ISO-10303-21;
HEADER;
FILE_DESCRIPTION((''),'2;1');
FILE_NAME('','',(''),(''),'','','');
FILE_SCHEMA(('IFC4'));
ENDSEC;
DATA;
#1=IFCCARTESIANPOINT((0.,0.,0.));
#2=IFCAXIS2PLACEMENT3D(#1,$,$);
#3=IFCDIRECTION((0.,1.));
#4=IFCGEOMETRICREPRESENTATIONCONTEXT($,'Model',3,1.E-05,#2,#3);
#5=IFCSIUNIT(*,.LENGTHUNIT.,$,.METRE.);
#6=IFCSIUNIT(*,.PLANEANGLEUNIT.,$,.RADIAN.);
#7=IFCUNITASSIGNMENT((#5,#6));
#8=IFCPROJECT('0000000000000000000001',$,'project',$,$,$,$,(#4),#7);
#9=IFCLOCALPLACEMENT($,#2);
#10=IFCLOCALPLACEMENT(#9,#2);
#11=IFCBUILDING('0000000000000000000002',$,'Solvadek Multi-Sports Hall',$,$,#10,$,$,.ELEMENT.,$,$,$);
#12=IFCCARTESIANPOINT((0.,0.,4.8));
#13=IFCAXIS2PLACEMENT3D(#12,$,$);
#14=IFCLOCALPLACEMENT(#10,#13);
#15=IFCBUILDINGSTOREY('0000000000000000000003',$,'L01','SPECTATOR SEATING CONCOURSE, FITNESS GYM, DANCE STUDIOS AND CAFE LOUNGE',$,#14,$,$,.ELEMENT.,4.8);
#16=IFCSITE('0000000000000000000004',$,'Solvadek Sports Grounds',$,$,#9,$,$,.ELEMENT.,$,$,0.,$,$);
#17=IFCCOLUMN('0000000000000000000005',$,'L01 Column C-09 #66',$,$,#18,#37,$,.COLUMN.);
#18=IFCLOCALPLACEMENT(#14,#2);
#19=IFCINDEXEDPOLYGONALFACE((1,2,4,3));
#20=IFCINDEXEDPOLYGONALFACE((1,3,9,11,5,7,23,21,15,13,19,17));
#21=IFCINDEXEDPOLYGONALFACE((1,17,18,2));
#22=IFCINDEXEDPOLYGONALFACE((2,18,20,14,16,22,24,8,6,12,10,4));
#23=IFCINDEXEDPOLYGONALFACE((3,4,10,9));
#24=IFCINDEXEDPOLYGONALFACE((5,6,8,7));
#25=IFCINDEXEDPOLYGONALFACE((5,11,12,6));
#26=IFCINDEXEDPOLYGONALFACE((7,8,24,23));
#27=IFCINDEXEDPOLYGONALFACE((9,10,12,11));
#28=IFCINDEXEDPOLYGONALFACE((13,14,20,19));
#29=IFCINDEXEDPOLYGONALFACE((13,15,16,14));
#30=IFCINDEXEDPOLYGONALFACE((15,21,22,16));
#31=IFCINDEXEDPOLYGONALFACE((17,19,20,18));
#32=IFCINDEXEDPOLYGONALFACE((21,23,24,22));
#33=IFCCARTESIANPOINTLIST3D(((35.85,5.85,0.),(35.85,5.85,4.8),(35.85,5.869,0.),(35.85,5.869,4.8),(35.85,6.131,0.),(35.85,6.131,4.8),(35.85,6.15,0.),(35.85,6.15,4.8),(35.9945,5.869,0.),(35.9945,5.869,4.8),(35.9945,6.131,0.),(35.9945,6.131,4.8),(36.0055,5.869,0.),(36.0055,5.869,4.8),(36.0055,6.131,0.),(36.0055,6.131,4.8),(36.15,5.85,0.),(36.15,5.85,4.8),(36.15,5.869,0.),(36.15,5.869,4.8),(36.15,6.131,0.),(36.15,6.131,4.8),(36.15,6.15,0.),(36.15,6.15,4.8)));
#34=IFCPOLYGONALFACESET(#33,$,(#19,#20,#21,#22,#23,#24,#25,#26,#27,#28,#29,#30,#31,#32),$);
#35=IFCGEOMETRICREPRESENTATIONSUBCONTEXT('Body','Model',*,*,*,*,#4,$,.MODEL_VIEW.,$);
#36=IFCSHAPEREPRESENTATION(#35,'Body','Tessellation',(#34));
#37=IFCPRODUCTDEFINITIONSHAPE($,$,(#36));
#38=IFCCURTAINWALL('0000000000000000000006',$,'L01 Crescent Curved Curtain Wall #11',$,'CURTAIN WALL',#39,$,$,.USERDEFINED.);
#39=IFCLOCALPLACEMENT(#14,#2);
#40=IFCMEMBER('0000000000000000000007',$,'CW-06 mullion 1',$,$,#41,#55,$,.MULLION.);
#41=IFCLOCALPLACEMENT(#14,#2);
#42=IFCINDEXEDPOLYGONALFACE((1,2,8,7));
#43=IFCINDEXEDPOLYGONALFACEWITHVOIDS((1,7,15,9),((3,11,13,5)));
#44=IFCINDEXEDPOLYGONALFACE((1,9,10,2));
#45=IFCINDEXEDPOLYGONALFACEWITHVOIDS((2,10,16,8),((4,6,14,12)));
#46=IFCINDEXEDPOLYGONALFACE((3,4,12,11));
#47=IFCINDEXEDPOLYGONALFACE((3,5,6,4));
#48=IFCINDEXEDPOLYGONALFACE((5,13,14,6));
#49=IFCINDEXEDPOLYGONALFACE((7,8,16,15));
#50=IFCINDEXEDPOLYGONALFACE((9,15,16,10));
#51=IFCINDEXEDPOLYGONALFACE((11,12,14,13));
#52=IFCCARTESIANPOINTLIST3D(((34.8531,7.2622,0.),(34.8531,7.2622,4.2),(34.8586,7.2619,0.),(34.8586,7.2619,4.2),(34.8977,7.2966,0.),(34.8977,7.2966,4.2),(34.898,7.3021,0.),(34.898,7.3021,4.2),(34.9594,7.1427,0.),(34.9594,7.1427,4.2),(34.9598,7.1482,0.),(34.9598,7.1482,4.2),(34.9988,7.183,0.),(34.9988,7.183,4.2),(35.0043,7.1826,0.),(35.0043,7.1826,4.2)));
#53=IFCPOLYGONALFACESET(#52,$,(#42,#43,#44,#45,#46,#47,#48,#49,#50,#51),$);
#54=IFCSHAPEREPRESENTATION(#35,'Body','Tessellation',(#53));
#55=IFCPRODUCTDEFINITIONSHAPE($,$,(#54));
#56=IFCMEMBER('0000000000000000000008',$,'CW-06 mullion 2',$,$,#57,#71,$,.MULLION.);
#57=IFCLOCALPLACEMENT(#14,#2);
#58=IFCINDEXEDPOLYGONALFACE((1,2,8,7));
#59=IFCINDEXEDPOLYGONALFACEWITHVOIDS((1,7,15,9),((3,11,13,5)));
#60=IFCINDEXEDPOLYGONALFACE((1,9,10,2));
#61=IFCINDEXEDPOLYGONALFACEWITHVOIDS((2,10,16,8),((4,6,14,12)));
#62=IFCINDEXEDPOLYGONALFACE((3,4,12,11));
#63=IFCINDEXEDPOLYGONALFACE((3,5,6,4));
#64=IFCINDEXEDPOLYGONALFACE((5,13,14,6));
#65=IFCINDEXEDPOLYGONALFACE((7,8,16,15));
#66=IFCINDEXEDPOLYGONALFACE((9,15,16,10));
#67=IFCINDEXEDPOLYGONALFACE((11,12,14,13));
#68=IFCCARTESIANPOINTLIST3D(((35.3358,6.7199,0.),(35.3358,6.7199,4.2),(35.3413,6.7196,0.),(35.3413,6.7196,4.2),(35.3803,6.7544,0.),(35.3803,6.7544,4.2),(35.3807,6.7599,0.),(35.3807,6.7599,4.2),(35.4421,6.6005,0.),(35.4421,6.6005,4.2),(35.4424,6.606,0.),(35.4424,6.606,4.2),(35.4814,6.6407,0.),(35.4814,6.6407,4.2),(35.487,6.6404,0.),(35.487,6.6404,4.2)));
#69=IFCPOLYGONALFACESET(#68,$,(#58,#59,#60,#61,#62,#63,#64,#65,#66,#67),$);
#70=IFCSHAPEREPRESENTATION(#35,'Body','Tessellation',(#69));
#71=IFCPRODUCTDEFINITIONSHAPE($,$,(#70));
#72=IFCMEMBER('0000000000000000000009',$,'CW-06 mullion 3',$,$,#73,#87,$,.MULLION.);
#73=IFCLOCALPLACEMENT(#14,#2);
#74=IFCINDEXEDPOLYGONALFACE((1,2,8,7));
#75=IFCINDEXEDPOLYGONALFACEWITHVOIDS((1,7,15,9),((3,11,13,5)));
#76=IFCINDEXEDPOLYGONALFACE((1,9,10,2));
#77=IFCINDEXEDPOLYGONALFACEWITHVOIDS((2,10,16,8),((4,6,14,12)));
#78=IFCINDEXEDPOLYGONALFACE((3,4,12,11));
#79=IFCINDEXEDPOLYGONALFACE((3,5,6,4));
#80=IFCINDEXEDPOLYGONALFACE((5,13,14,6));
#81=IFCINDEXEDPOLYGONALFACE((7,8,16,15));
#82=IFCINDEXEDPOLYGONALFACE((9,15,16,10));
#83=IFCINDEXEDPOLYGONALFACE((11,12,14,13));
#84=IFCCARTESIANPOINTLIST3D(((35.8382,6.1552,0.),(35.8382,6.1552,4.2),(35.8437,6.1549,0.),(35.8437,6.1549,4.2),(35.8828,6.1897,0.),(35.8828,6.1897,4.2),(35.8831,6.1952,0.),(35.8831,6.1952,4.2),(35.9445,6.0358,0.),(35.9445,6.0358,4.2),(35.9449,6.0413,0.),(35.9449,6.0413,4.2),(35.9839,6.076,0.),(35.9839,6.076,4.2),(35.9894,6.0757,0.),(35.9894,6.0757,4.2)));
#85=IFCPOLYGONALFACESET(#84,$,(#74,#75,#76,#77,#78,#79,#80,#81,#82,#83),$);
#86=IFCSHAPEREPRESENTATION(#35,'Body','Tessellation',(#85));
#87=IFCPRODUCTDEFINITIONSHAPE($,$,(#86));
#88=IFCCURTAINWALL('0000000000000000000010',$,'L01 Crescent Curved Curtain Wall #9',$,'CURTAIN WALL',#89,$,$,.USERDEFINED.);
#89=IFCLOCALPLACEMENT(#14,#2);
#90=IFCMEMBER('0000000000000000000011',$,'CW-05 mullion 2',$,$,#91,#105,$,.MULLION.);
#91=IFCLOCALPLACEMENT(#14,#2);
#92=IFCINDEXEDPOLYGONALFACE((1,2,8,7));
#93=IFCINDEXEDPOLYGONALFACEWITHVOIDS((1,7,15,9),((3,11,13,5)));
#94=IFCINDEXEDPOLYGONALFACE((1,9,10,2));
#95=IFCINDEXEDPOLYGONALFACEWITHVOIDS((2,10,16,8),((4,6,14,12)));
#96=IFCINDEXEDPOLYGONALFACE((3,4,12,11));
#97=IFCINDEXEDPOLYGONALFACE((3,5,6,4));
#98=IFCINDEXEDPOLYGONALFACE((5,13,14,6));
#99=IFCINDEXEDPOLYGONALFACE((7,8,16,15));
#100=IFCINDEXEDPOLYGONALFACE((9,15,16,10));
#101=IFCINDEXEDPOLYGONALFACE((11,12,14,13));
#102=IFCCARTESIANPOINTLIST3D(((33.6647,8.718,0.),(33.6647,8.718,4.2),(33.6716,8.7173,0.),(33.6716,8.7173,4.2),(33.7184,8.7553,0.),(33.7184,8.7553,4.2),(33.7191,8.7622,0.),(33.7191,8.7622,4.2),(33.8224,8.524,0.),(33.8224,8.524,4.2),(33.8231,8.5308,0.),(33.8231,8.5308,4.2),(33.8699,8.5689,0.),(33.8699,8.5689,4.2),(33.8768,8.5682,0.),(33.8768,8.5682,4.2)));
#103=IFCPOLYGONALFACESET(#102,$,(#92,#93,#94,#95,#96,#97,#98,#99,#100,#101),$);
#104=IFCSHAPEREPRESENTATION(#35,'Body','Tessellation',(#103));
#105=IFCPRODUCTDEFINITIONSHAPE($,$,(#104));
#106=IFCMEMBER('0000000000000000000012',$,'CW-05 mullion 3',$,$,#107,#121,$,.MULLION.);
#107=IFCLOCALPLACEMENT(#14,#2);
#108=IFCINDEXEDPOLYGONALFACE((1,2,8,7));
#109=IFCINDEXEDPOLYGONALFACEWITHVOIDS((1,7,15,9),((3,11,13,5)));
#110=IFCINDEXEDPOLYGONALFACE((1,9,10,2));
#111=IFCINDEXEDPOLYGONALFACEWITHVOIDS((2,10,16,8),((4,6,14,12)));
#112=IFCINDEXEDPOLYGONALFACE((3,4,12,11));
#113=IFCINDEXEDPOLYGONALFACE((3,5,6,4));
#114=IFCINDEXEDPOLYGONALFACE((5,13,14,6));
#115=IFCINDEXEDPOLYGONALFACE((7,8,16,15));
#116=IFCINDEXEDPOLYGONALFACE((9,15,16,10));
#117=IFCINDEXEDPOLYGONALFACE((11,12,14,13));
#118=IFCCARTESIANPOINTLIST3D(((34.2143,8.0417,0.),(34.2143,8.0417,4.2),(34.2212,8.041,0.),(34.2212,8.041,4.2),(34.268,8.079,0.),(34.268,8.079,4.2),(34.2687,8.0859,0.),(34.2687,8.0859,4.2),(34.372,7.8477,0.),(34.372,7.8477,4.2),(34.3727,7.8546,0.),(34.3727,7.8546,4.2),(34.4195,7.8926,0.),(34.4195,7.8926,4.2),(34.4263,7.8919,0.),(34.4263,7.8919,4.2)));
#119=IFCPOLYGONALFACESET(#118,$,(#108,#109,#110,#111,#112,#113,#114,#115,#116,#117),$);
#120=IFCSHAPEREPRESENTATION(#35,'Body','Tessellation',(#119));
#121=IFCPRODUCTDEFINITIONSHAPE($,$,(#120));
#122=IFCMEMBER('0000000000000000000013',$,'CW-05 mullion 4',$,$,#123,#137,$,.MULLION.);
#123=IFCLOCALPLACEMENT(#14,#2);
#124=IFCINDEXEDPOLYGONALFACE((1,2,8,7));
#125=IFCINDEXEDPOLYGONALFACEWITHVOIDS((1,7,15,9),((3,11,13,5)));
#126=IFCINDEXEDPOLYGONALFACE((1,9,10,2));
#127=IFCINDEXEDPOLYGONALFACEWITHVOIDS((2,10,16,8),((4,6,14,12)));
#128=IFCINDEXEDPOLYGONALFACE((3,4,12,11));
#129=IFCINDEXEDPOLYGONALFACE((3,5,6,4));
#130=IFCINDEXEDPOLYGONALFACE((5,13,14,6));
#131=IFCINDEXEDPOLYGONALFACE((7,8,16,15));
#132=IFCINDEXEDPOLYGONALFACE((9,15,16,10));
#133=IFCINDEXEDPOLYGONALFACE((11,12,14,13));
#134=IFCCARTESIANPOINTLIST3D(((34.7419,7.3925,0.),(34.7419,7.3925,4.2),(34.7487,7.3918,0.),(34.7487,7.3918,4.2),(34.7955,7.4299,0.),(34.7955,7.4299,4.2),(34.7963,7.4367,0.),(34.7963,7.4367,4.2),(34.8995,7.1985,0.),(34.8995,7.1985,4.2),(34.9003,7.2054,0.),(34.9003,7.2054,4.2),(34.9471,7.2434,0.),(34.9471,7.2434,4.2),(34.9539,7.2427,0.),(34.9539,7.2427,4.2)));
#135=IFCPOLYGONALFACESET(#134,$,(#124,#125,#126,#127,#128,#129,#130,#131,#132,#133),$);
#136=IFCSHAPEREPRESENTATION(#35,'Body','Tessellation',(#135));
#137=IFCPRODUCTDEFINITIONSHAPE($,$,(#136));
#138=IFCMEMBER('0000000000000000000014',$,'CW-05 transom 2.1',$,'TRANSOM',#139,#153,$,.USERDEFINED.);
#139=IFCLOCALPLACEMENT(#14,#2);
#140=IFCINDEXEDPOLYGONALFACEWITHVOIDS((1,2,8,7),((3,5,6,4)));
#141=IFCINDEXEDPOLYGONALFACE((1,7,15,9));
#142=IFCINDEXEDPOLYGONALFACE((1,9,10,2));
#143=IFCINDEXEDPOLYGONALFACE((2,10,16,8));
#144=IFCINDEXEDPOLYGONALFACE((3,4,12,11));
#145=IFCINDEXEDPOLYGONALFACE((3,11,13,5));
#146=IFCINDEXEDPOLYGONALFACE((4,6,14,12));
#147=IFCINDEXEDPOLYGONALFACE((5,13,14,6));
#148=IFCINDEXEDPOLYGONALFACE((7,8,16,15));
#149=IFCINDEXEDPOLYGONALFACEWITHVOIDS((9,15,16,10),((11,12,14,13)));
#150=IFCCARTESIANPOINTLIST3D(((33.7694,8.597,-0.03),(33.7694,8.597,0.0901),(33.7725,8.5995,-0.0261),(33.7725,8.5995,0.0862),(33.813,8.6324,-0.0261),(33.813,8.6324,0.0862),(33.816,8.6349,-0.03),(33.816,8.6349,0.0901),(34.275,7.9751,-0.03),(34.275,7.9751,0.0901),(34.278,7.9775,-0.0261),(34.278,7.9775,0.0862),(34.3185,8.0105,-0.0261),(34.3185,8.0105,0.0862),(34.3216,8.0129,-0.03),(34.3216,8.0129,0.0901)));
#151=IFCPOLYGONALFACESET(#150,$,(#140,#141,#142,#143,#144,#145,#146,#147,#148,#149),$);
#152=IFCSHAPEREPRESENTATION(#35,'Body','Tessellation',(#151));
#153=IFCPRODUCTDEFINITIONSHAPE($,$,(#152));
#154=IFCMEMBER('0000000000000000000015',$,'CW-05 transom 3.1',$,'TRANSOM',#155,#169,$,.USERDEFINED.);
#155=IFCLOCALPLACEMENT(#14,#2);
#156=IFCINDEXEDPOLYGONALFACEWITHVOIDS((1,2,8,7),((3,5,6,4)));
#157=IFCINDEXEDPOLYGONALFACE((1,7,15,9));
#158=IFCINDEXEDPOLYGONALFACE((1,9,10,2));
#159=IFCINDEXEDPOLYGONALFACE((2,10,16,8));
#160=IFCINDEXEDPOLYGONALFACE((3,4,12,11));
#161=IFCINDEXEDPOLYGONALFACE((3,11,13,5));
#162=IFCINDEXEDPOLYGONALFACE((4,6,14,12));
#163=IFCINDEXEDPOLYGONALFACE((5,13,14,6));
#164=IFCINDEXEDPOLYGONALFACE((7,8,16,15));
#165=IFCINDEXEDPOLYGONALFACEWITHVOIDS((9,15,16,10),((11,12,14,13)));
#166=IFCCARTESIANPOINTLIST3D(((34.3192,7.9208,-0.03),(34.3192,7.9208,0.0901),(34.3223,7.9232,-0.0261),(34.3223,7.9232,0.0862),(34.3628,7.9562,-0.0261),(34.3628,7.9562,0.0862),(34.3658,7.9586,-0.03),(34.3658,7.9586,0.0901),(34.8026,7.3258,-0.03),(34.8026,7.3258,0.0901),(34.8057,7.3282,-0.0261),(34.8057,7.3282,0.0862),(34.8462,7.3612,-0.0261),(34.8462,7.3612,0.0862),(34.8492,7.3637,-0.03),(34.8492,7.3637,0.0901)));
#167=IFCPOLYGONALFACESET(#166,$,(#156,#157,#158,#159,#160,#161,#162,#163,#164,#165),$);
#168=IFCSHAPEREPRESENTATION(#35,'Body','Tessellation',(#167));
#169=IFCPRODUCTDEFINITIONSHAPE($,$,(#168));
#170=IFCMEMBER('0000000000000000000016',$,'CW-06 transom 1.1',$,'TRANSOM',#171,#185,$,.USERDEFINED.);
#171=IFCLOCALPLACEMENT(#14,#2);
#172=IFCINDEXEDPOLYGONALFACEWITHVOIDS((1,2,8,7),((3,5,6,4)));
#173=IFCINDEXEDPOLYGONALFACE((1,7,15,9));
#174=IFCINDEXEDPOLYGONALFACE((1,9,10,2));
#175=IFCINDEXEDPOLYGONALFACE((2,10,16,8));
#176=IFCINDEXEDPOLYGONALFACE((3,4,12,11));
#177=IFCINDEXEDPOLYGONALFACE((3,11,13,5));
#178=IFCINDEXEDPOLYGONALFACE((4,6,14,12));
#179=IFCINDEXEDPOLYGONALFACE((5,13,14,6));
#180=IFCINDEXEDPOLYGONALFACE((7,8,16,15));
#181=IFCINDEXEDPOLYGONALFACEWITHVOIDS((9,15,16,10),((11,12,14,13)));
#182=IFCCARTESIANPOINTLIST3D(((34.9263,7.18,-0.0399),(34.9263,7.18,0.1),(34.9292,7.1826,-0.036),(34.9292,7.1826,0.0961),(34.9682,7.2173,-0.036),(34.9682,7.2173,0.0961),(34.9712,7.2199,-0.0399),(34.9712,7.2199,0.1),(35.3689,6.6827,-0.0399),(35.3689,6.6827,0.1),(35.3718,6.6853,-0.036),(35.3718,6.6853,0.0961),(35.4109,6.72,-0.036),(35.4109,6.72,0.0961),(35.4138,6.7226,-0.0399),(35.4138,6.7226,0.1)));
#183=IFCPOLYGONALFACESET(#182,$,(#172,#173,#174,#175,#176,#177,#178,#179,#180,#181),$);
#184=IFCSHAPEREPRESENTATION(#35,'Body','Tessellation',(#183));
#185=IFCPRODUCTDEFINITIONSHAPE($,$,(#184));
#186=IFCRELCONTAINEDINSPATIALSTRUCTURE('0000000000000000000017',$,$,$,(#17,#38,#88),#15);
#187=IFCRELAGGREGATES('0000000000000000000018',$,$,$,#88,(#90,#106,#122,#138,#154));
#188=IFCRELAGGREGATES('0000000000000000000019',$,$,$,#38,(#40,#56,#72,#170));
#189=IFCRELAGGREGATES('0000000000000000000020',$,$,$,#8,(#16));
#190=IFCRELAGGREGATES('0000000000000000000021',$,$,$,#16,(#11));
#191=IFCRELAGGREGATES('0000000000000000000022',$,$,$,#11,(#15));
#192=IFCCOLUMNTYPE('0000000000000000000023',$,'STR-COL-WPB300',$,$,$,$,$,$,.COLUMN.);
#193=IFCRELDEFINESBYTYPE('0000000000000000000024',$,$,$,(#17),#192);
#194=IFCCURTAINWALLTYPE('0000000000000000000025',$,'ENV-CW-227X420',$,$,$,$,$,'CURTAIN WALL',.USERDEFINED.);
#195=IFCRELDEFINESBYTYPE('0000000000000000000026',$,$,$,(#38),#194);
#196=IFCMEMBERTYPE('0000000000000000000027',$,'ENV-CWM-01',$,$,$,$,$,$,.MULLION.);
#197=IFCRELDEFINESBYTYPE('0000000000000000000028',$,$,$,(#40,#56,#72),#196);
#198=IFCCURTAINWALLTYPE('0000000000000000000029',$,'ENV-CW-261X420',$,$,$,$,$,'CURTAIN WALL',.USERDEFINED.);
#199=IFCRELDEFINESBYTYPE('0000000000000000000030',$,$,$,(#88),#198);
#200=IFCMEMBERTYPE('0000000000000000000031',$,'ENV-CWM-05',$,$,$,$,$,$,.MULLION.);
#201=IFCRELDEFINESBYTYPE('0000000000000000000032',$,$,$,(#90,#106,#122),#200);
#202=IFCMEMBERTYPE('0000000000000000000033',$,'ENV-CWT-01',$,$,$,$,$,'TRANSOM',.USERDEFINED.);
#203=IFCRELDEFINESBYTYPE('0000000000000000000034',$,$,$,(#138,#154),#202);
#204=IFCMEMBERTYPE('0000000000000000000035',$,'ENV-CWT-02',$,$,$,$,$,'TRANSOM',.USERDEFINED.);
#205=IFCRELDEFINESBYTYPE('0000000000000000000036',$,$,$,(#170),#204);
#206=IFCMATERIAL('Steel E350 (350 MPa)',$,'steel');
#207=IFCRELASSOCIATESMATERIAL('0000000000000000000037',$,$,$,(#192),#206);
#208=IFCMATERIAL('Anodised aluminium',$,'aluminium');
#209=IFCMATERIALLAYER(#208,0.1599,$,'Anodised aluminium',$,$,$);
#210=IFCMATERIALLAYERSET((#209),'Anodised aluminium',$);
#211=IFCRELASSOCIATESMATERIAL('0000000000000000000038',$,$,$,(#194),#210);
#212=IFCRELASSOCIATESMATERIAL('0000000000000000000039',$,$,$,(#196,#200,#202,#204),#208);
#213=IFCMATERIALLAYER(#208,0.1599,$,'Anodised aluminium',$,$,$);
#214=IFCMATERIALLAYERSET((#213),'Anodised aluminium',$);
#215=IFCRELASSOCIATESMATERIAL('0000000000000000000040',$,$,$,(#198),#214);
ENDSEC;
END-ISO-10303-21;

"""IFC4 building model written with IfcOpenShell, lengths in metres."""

from ifc_helpers import new_model, si_unit, direction, frame, origin, origin_2d, place, context, subcontext, project, spatial, hollow_rectangle, i_section, extrude, material, layer, layer_set, material_profile, profile_set, type_object, element, aggregate, save


model = new_model("IFC4")

# Units and contexts
model_context = context("Model", 3, precision=1e-05, world=origin(), true_north=direction((0.0, 1.0)))
body_context = subcontext(model_context, "Body", "Model", "MODEL_VIEW")
ifc_project = project(units=[si_unit("LENGTHUNIT", "METRE"), si_unit("PLANEANGLEUNIT", "RADIAN")], contexts=[model_context])

# Site, building, storey
site_placement = place(None, origin())
site = spatial("IfcSite", under=ifc_project, at=site_placement, Name="Solvadek Sports Grounds", CompositionType="ELEMENT", RefElevation=0.0)
building_placement = place(site_placement, origin())
building = spatial("IfcBuilding", under=site, at=building_placement, Name="Solvadek Multi-Sports Hall", CompositionType="ELEMENT")
storey_placement = place(building_placement, frame((0.0, 0.0, 4.8)))
storey = spatial("IfcBuildingStorey", under=building, at=storey_placement, Name="L01", Description="SPECTATOR SEATING CONCOURSE, FITNESS GYM, DANCE STUDIOS AND CAFE LOUNGE", CompositionType="ELEMENT", Elevation=4.8)

# Column
ifc_material_1 = material(Name="Steel E350 (350 MPa)", Category="steel")
ifc_material_profile_1 = material_profile(ifc_material_1, i_section(OverallWidth=0.3, OverallDepth=0.3, WebThickness=0.011, FlangeThickness=0.019, at=origin_2d()), Name="WPB 300")
ifc_profile_set_1 = profile_set([ifc_material_profile_1], Name="Steel E350 (350 MPa)")
column_type = type_object("IfcColumnType", Name="STR-COL-WPB300", PredefinedType="COLUMN", material=ifc_profile_set_1)
column_placement = place(storey_placement, frame((36.0, 6.0, 0.0), z_axis=(0.0, 0.0, 1.0), x_axis=(1.0, 0.0, 0.0)))
element("IfcColumn", 1, at=column_placement, inside=storey, type_object=column_type, Name="L01 Column C-09 #66", PredefinedType="COLUMN", context=body_context, shape_type="SweptSolid", body=[
    extrude(i_section(OverallWidth=0.3, OverallDepth=0.3, WebThickness=0.011, FlangeThickness=0.019, at=origin_2d()), origin(), (0.0, 0.0, 1.0), 4.8),
])

# Curtain walls, members
ifc_material_2 = material(Name="Anodised aluminium", Category="aluminium")
ifc_layer_1 = layer(ifc_material_2, 0.1599, Name="Anodised aluminium")
ifc_layer_set_1 = layer_set([ifc_layer_1], Name="Anodised aluminium")
curtain_wall_type_1 = type_object("IfcCurtainWallType", Name="ENV-CW-227X420", ElementType="CURTAIN WALL", PredefinedType="USERDEFINED", material=ifc_layer_set_1)
curtain_wall_1_placement = place(storey_placement, origin())
curtain_wall_1 = element("IfcCurtainWall", 2, at=curtain_wall_1_placement, inside=storey, type_object=curtain_wall_type_1, Name="L01 Crescent Curved Curtain Wall #11", ObjectType="CURTAIN WALL", PredefinedType="USERDEFINED")
ifc_material_profile_2 = material_profile(ifc_material_2, hollow_rectangle(XDim=0.0601, YDim=0.1599, WallThickness=0.0039, at=origin_2d()), Name="ALU-M 160x60x4")
ifc_profile_set_2 = profile_set([ifc_material_profile_2], Name="Anodised aluminium")
member_type_1 = type_object("IfcMemberType", Name="ENV-CWM-01", PredefinedType="MULLION", material=ifc_profile_set_2)
member_1_placement = place(storey_placement, frame((34.9287, 7.2224, 0.0), z_axis=(0.0, 0.0, 1.0), x_axis=(0.747032, 0.664788, 0.0)))
member_1 = element("IfcMember", 3, at=member_1_placement, type_object=member_type_1, Name="CW-06 mullion 1", PredefinedType="MULLION", context=body_context, shape_type="SweptSolid", body=[
    extrude(hollow_rectangle(XDim=0.0601, YDim=0.1599, WallThickness=0.0039, at=origin_2d()), origin(), (0.0, 0.0, 1.0), 4.2),
])
member_2_placement = place(storey_placement, frame((35.4114, 6.6802, 0.0), z_axis=(0.0, 0.0, 1.0), x_axis=(0.747032, 0.664788, 0.0)))
member_2 = element("IfcMember", 4, at=member_2_placement, type_object=member_type_1, Name="CW-06 mullion 2", PredefinedType="MULLION", context=body_context, shape_type="SweptSolid", body=[
    extrude(hollow_rectangle(XDim=0.0601, YDim=0.1599, WallThickness=0.0039, at=origin_2d()), origin(), (0.0, 0.0, 1.0), 4.2),
])
member_3_placement = place(storey_placement, frame((35.9138, 6.1155, 0.0), z_axis=(0.0, 0.0, 1.0), x_axis=(0.747032, 0.664788, 0.0)))
member_3 = element("IfcMember", 5, at=member_3_placement, type_object=member_type_1, Name="CW-06 mullion 3", PredefinedType="MULLION", context=body_context, shape_type="SweptSolid", body=[
    extrude(hollow_rectangle(XDim=0.0601, YDim=0.1599, WallThickness=0.0039, at=origin_2d()), origin(), (0.0, 0.0, 1.0), 4.2),
])
ifc_layer_2 = layer(ifc_material_2, 0.1599, Name="Anodised aluminium")
ifc_layer_set_2 = layer_set([ifc_layer_2], Name="Anodised aluminium")
curtain_wall_type_2 = type_object("IfcCurtainWallType", Name="ENV-CW-261X420", ElementType="CURTAIN WALL", PredefinedType="USERDEFINED", material=ifc_layer_set_2)
curtain_wall_2_placement = place(storey_placement, origin())
curtain_wall_2 = element("IfcCurtainWall", 6, at=curtain_wall_2_placement, inside=storey, type_object=curtain_wall_type_2, Name="L01 Crescent Curved Curtain Wall #9", ObjectType="CURTAIN WALL", PredefinedType="USERDEFINED")
ifc_material_profile_3 = material_profile(ifc_material_2, hollow_rectangle(XDim=0.0701, YDim=0.25, WallThickness=0.0049, at=origin_2d()), Name="ALU-M 250x70x5")
ifc_profile_set_3 = profile_set([ifc_material_profile_3], Name="Anodised aluminium")
member_type_2 = type_object("IfcMemberType", Name="ENV-CWM-05", PredefinedType="MULLION", material=ifc_profile_set_3)
member_4_placement = place(storey_placement, frame((33.7708, 8.6431, 0.0), z_axis=(0.0, 0.0, 1.0), x_axis=(0.776032, 0.630693, 0.0)))
member_4 = element("IfcMember", 7, at=member_4_placement, type_object=member_type_2, Name="CW-05 mullion 2", PredefinedType="MULLION", context=body_context, shape_type="SweptSolid", body=[
    extrude(hollow_rectangle(XDim=0.0701, YDim=0.25, WallThickness=0.0049, at=origin_2d()), origin(), (0.0, 0.0, 1.0), 4.2),
])
member_5_placement = place(storey_placement, frame((34.3203, 7.9668, 0.0), z_axis=(0.0, 0.0, 1.0), x_axis=(0.776032, 0.630693, 0.0)))
member_5 = element("IfcMember", 8, at=member_5_placement, type_object=member_type_2, Name="CW-05 mullion 3", PredefinedType="MULLION", context=body_context, shape_type="SweptSolid", body=[
    extrude(hollow_rectangle(XDim=0.0701, YDim=0.25, WallThickness=0.0049, at=origin_2d()), origin(), (0.0, 0.0, 1.0), 4.2),
])
member_6_placement = place(storey_placement, frame((34.8479, 7.3176, 0.0), z_axis=(0.0, 0.0, 1.0), x_axis=(0.776032, 0.630693, 0.0)))
member_6 = element("IfcMember", 9, at=member_6_placement, type_object=member_type_2, Name="CW-05 mullion 4", PredefinedType="MULLION", context=body_context, shape_type="SweptSolid", body=[
    extrude(hollow_rectangle(XDim=0.0701, YDim=0.25, WallThickness=0.0049, at=origin_2d()), origin(), (0.0, 0.0, 1.0), 4.2),
])
ifc_material_profile_4 = material_profile(ifc_material_2, hollow_rectangle(XDim=0.0601, YDim=0.1201, WallThickness=0.0039, at=origin_2d()), Name="ALU-T 120x60x4")
ifc_profile_set_4 = profile_set([ifc_material_profile_4], Name="Anodised aluminium")
member_type_3 = type_object("IfcMemberType", Name="ENV-CWT-01", ElementType="TRANSOM", PredefinedType="USERDEFINED", material=ifc_profile_set_4)
member_7_placement = place(storey_placement, frame((33.7927, 8.616, 0.03), z_axis=(0.63073, -0.776002, 0.0), x_axis=(0.776002, 0.63073, 0.0)))
member_7 = element("IfcMember", 10, at=member_7_placement, type_object=member_type_3, Name="CW-05 transom 2.1", ObjectType="TRANSOM", PredefinedType="USERDEFINED", context=body_context, shape_type="SweptSolid", body=[
    extrude(hollow_rectangle(XDim=0.0601, YDim=0.1201, WallThickness=0.0039, at=origin_2d()), origin(), (0.0, 0.0, 1.0), 0.8015),
])
member_8_placement = place(storey_placement, frame((34.3425, 7.9397, 0.03), z_axis=(0.630581, -0.776124, 0.0), x_axis=(0.776124, 0.630581, 0.0)))
member_8 = element("IfcMember", 11, at=member_8_placement, type_object=member_type_3, Name="CW-05 transom 3.1", ObjectType="TRANSOM", PredefinedType="USERDEFINED", context=body_context, shape_type="SweptSolid", body=[
    extrude(hollow_rectangle(XDim=0.0601, YDim=0.1201, WallThickness=0.0039, at=origin_2d()), origin(), (0.0, 0.0, 1.0), 0.7666),
])

# Member
ifc_material_profile_5 = material_profile(ifc_material_2, hollow_rectangle(XDim=0.0601, YDim=0.1399, WallThickness=0.0039, at=origin_2d()), Name="ALU-T 140x60x4")
ifc_profile_set_5 = profile_set([ifc_material_profile_5], Name="Anodised aluminium")
member_type_4 = type_object("IfcMemberType", Name="ENV-CWT-02", ElementType="TRANSOM", PredefinedType="USERDEFINED", material=ifc_profile_set_5)
member_9_placement = place(storey_placement, frame((34.9487, 7.2, 0.03), z_axis=(0.664842, -0.746984, 0.0), x_axis=(0.746984, 0.664842, 0.0)))
member_9 = element("IfcMember", 12, at=member_9_placement, type_object=member_type_4, Name="CW-06 transom 1.1", ObjectType="TRANSOM", PredefinedType="USERDEFINED", context=body_context, shape_type="SweptSolid", body=[
    extrude(hollow_rectangle(XDim=0.0601, YDim=0.1399, WallThickness=0.0039, at=origin_2d()), origin(), (0.0, 0.0, 1.0), 0.6658),
])

aggregate(curtain_wall_2, [member_4, member_5, member_6, member_7, member_8])
aggregate(curtain_wall_1, [member_1, member_2, member_3, member_9])

save(model, "model.ifc")
